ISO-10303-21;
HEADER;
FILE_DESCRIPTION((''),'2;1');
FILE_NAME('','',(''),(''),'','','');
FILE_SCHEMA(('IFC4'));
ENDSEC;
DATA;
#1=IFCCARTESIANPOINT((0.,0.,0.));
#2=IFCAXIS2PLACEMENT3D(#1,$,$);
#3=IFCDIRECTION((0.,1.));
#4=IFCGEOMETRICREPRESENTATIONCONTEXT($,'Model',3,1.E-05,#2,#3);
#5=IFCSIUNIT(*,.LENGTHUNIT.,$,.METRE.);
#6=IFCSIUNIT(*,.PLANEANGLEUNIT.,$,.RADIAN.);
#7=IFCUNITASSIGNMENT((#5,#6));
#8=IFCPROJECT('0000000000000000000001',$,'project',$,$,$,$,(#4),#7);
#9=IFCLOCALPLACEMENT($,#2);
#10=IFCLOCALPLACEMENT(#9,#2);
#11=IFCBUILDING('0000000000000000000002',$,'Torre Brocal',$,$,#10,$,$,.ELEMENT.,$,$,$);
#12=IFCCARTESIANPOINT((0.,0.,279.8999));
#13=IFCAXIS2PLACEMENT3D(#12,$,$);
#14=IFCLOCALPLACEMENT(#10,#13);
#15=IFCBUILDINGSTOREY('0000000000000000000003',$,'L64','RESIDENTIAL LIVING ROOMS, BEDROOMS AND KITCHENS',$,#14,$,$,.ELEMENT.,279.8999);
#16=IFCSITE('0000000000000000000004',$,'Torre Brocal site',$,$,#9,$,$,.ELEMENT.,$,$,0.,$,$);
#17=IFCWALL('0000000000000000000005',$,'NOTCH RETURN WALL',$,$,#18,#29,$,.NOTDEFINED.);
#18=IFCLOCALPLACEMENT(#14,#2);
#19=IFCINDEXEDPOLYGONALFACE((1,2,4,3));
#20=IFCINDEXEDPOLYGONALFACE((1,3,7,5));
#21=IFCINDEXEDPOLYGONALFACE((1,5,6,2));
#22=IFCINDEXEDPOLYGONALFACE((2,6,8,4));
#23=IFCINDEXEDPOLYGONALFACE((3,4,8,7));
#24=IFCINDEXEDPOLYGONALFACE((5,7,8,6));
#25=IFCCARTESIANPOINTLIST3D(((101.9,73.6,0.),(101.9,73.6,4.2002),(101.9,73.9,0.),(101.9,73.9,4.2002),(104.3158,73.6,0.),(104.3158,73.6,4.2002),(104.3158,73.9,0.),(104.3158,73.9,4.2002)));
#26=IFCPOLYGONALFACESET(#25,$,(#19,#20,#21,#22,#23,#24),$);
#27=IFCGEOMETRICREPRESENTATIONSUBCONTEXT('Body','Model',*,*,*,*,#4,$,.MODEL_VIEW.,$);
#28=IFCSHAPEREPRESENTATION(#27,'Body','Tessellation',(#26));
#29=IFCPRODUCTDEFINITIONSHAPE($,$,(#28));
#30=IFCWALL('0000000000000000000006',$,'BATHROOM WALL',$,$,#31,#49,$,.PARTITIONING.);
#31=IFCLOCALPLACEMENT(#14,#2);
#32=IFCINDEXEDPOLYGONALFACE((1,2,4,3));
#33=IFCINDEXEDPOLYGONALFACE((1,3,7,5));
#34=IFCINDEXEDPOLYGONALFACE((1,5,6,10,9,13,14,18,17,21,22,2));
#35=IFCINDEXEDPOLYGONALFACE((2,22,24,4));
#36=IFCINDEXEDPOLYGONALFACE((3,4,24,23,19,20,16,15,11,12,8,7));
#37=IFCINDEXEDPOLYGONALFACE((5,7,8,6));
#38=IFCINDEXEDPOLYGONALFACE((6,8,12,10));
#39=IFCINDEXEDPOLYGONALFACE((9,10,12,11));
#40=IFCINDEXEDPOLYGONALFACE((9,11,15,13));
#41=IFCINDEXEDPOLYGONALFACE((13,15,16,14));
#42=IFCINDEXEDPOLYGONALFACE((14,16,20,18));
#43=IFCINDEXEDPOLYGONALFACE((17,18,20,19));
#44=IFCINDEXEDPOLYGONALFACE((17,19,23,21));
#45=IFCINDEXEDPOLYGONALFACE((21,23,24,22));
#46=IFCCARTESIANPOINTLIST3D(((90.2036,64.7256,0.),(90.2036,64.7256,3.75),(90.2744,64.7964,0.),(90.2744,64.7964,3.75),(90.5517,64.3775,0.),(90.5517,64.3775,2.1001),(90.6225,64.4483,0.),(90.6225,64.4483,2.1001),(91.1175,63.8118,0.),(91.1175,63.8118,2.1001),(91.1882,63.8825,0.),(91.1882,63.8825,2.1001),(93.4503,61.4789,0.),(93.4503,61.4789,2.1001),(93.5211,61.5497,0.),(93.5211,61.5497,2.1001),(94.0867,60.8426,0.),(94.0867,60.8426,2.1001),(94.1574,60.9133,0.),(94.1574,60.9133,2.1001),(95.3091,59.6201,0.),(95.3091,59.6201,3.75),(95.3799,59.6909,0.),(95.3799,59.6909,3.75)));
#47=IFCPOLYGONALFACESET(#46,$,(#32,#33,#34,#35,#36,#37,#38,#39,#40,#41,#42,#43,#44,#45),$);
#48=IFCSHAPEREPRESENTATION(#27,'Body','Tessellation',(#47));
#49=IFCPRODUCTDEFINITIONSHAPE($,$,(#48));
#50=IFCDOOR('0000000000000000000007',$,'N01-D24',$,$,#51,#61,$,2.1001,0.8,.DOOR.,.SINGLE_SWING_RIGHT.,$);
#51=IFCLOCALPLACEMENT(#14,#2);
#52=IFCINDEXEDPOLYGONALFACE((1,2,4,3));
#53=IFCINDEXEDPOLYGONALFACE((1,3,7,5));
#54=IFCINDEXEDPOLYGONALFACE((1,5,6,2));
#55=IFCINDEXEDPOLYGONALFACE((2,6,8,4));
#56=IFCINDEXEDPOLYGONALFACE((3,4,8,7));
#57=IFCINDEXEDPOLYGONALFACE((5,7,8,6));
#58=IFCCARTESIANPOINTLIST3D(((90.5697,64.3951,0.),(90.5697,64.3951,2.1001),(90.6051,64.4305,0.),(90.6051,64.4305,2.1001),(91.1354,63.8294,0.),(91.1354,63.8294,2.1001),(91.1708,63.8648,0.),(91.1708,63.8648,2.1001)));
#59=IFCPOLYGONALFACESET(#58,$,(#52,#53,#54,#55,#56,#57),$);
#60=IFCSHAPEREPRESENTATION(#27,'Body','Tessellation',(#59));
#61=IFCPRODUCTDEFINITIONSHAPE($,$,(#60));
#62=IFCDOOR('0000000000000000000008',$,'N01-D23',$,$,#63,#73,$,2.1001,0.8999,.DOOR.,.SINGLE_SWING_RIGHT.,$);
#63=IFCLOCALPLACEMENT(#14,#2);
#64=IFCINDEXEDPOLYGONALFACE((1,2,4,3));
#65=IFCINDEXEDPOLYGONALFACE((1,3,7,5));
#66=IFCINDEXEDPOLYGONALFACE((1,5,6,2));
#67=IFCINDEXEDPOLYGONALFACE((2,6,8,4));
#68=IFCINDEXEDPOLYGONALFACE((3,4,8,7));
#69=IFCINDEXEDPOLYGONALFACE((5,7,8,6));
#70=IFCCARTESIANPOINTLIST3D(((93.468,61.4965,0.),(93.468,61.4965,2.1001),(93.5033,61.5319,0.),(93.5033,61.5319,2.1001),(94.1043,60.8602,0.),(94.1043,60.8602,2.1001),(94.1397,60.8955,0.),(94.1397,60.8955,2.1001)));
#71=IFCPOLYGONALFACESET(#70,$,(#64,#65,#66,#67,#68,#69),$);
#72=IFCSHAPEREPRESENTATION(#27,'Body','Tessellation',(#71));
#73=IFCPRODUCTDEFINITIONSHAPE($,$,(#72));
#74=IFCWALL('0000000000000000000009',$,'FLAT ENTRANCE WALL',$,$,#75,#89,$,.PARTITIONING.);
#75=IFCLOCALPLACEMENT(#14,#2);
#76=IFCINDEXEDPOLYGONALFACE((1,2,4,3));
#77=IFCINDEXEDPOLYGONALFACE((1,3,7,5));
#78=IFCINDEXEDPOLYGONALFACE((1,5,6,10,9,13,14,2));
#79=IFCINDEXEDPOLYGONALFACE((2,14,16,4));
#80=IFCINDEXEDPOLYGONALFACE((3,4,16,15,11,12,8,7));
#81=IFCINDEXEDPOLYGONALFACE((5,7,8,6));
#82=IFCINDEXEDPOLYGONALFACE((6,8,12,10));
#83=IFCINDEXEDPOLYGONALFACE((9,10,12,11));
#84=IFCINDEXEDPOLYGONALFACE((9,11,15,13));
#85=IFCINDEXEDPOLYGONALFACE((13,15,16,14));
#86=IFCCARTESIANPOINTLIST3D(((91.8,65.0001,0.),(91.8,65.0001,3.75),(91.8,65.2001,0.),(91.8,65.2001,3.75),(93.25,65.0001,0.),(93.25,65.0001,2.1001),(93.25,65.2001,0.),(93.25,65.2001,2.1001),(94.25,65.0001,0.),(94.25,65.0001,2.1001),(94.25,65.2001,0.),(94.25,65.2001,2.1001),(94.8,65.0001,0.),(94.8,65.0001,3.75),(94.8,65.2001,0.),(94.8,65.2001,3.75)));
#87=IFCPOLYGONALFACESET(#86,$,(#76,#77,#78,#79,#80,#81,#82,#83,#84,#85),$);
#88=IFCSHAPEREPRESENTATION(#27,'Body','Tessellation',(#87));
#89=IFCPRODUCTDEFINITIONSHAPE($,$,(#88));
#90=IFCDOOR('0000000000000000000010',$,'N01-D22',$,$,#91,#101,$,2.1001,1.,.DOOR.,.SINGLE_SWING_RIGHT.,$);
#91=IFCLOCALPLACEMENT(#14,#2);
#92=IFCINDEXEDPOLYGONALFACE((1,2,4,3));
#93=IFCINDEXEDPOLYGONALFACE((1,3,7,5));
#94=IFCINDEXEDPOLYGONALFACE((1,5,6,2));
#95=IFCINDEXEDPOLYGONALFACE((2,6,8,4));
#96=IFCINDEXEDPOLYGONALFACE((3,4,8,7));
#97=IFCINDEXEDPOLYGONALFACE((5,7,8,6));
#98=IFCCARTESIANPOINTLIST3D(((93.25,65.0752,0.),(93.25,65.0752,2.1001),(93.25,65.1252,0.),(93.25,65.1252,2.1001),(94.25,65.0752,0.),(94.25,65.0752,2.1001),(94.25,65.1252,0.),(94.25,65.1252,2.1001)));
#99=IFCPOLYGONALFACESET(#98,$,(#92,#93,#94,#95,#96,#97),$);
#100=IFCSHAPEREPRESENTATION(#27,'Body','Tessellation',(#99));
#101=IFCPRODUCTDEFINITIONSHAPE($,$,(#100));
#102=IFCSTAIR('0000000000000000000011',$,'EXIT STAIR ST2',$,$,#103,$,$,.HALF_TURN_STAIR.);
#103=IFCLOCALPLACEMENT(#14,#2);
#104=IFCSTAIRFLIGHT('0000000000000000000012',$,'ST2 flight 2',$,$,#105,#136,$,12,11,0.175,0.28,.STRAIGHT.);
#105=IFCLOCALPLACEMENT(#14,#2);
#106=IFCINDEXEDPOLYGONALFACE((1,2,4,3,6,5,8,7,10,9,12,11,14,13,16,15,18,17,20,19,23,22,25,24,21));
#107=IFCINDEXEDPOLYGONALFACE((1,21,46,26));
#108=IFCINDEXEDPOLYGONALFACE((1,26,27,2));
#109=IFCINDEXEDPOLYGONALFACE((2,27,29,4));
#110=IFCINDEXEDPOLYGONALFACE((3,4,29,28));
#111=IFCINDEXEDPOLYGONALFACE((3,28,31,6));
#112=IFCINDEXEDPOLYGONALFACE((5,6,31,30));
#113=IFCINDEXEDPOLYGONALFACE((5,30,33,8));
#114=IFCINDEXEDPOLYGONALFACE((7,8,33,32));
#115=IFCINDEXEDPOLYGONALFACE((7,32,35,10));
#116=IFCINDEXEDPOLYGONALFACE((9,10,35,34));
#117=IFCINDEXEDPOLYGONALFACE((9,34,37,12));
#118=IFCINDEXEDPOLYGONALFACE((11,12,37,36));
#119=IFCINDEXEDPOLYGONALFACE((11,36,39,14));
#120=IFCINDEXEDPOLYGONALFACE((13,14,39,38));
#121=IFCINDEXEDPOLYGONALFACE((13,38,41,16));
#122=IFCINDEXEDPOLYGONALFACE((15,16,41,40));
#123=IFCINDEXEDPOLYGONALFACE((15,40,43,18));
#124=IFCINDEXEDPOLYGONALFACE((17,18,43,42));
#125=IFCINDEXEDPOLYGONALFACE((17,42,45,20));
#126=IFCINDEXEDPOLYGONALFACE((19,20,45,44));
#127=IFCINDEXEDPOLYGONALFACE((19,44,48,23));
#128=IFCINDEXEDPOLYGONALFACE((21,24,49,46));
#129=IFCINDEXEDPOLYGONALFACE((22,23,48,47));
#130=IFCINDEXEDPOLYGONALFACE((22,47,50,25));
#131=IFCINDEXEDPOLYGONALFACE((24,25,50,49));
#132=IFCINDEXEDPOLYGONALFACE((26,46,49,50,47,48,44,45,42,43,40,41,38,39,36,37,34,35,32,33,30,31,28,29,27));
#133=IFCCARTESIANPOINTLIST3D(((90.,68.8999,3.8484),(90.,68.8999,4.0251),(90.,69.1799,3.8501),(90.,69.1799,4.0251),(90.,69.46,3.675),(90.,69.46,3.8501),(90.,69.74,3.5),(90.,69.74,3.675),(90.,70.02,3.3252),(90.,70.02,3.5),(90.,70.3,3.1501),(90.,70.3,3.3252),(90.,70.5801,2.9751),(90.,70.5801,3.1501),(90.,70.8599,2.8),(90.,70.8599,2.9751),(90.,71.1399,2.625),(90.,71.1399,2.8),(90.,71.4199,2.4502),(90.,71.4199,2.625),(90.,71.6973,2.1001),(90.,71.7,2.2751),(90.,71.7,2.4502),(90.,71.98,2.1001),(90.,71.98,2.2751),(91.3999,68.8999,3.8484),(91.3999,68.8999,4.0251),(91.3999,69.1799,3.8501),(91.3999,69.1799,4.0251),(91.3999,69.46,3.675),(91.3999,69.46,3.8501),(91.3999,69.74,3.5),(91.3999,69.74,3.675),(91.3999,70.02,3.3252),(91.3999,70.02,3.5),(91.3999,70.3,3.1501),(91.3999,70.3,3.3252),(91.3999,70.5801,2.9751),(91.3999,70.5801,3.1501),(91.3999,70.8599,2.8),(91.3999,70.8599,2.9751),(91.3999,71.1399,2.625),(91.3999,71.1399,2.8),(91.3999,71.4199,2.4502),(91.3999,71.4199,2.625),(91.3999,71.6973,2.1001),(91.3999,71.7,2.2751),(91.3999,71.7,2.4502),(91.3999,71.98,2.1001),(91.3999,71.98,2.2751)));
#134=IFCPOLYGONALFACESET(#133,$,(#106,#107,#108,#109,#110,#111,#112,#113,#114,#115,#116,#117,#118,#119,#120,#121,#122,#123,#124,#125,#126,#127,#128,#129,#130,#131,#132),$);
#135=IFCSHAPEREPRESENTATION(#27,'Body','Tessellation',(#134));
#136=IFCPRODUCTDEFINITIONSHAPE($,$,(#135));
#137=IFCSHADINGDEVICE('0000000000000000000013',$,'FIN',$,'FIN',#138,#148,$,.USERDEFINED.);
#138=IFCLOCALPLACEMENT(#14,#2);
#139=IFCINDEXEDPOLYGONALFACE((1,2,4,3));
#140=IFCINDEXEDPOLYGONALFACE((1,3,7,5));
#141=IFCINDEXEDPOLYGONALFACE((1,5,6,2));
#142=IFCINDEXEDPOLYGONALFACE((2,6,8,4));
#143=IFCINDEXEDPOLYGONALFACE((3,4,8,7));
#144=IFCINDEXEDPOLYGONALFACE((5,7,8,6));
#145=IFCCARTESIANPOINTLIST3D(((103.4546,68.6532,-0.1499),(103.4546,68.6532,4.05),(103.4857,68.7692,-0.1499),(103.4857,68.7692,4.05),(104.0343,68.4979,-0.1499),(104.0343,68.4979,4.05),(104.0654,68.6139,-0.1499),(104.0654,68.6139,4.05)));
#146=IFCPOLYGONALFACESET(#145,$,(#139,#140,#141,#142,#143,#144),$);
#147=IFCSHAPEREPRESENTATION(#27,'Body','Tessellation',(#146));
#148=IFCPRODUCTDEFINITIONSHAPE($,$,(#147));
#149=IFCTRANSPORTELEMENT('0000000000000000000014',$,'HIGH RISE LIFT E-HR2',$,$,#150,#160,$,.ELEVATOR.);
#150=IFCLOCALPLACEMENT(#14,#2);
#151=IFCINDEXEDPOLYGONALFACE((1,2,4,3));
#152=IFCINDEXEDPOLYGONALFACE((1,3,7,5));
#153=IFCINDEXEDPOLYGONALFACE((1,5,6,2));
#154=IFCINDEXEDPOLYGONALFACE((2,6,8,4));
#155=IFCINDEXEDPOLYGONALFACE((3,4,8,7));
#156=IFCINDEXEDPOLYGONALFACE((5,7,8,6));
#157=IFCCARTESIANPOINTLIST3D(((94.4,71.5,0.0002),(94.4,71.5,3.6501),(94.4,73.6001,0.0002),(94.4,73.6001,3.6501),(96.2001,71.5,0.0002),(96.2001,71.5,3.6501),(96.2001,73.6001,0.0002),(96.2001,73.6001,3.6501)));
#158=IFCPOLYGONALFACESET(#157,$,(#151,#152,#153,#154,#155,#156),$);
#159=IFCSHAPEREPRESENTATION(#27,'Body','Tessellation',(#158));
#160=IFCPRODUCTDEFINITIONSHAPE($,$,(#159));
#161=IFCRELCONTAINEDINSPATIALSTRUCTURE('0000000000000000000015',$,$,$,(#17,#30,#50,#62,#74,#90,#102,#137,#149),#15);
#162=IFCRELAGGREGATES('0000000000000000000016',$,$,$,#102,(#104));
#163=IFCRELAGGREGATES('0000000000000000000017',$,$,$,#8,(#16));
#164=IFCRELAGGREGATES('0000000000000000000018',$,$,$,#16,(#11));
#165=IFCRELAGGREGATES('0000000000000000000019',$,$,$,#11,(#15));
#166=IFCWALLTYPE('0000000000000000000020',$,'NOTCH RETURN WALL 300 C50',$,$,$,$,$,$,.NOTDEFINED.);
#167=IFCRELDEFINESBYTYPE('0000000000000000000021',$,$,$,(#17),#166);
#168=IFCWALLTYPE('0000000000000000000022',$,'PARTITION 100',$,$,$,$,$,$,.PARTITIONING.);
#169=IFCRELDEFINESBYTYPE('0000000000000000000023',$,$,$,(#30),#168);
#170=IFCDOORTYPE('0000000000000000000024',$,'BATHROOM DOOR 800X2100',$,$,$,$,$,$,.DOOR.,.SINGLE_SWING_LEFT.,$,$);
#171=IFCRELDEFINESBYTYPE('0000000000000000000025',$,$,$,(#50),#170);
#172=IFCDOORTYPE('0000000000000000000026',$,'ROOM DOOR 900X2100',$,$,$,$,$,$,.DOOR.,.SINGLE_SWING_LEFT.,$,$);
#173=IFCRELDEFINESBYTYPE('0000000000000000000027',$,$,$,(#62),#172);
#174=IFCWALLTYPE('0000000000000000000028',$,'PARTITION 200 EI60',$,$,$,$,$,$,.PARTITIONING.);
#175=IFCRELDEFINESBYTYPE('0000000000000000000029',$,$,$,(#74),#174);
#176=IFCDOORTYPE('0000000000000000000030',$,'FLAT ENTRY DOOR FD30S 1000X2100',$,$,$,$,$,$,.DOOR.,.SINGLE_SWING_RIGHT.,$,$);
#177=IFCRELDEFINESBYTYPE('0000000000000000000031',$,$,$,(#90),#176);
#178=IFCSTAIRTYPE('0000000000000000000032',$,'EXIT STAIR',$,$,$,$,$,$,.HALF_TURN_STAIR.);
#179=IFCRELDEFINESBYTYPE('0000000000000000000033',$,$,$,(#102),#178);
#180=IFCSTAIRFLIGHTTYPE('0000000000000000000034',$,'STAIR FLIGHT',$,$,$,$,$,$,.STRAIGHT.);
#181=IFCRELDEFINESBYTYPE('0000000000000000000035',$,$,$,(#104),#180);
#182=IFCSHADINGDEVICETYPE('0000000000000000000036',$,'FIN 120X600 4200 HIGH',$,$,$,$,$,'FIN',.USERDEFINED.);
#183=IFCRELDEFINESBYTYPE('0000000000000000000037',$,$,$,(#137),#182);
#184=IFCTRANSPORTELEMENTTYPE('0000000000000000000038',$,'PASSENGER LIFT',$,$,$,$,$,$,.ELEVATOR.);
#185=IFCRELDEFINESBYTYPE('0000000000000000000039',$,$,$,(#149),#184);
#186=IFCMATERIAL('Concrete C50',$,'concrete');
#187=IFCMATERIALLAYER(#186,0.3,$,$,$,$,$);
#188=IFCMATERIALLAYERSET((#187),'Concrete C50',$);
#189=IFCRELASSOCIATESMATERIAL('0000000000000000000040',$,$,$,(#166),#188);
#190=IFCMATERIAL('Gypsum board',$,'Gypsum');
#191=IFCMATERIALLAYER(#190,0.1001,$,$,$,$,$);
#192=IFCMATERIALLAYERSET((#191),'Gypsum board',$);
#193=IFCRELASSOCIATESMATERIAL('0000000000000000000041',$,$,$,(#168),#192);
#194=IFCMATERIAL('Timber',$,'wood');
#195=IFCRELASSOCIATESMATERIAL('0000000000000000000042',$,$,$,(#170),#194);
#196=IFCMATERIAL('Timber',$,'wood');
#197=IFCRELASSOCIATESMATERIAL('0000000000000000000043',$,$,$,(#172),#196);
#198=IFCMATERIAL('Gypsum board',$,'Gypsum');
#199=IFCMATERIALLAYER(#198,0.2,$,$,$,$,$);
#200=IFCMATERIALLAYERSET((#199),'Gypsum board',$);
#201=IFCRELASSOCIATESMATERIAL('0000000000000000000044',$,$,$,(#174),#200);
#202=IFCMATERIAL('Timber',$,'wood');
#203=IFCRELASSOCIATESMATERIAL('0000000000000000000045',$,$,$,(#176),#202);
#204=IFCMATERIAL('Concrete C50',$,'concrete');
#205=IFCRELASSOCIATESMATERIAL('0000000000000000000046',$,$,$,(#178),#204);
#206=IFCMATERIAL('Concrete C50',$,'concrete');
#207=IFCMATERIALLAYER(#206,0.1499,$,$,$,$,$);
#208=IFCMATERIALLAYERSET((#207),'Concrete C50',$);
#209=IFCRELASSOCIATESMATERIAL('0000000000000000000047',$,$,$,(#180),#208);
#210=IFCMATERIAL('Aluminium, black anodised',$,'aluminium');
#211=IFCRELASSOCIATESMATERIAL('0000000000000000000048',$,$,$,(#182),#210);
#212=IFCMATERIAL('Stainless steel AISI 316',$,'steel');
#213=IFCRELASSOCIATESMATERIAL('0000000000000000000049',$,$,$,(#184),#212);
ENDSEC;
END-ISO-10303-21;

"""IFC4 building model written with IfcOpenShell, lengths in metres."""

from ifc_helpers import new_model, si_unit, direction, frame, frame_2d, origin, origin_2d, place, context, subcontext, project, spatial, polyline, rectangle, outline, extrude, material, layer, layer_set, material_profile, profile_set, type_object, element, fill, aggregate, save


model = new_model("IFC4")

# Units and contexts
model_context = context("Model", 3, precision=1e-05, world=origin(), true_north=direction((0.0, 1.0)))
body_context = subcontext(model_context, "Body", "Model", "MODEL_VIEW")
ifc_project = project(units=[si_unit("LENGTHUNIT", "METRE"), si_unit("PLANEANGLEUNIT", "RADIAN")], contexts=[model_context])

# Site, building, storey
site_placement = place(None, origin())
site = spatial("IfcSite", under=ifc_project, at=site_placement, Name="Torre Brocal site", CompositionType="ELEMENT", RefElevation=0.0)
building_placement = place(site_placement, origin())
building = spatial("IfcBuilding", under=site, at=building_placement, Name="Torre Brocal", CompositionType="ELEMENT")
storey_placement = place(building_placement, frame((0.0, 0.0, 279.8999)))
storey = spatial("IfcBuildingStorey", under=building, at=storey_placement, Name="L64", Description="RESIDENTIAL LIVING ROOMS, BEDROOMS AND KITCHENS", CompositionType="ELEMENT", Elevation=279.8999)

# Wall
ifc_material_1 = material(Name="Concrete C50", Category="concrete")
ifc_layer_1 = layer(ifc_material_1, 0.3)
ifc_layer_set_1 = layer_set([ifc_layer_1], Name="Concrete C50")
wall_type_1 = type_object("IfcWallType", Name="NOTCH RETURN WALL 300 C50", PredefinedType="NOTDEFINED", material=ifc_layer_set_1)
wall_1_placement = place(storey_placement, frame((101.8999, 73.75, 0.0), z_axis=(0.0, 0.0, 1.0), x_axis=(1.0, 0.0, 0.0)))
element("IfcWall", 1, at=wall_1_placement, inside=storey, type_object=wall_type_1, Name="NOTCH RETURN WALL", PredefinedType="NOTDEFINED", context=body_context, shape_type="SweptSolid", body=[
    extrude(rectangle(XDim=2.4158, YDim=0.3, at=frame_2d((1.208, 0.0))), origin(), (0.0, 0.0, 1.0), 4.2002),
])

# Wall, openings, doors
ifc_material_2 = material(Name="Gypsum board", Category="Gypsum")
ifc_layer_2 = layer(ifc_material_2, 0.1001)
ifc_layer_set_2 = layer_set([ifc_layer_2], Name="Gypsum board")
wall_type_2 = type_object("IfcWallType", Name="PARTITION 100", PredefinedType="PARTITIONING", material=ifc_layer_set_2)
wall_2_placement = place(storey_placement, frame((90.239, 64.761, 0.0), z_axis=(0.0, 0.0, 1.0), x_axis=(0.707107, -0.707107, 0.0)))
wall_2 = element("IfcWall", 2, at=wall_2_placement, inside=storey, type_object=wall_type_2, Name="BATHROOM WALL", PredefinedType="PARTITIONING", context=body_context, shape_type="SweptSolid", body=[
    extrude(rectangle(XDim=7.2202, YDim=0.1001, at=frame_2d((3.6101, 0.0))), origin(), (0.0, 0.0, 1.0), 3.75),
])
opening_1_placement = place(wall_2_placement, frame((4.5916, 0.0, 0.0)))
opening_1 = element("IfcOpeningElement", 3, at=opening_1_placement, cuts=wall_2, PredefinedType="OPENING", context=body_context, shape_type="SweptSolid", body=[
    extrude(rectangle(XDim=0.8999, YDim=2.1001, at=frame_2d((0.45, 1.05))), frame((0.0, 0.0601, 0.0), z_axis=(0.0, -1.0, 0.0), x_axis=(1.0, 0.0, 0.0)), (0.0, 0.0, 1.0), 0.1201),
])
opening_2_placement = place(wall_2_placement, frame((0.4924, 0.0, 0.0)))
opening_2 = element("IfcOpeningElement", 4, at=opening_2_placement, cuts=wall_2, PredefinedType="OPENING", context=body_context, shape_type="SweptSolid", body=[
    extrude(rectangle(XDim=0.8, YDim=2.1001, at=frame_2d((0.3999, 1.05))), frame((0.0, 0.0601, 0.0), z_axis=(0.0, -1.0, 0.0), x_axis=(1.0, 0.0, 0.0)), (0.0, 0.0, 1.0), 0.1201),
])
ifc_material_3 = material(Name="Timber", Category="wood")
door_type_1 = type_object("IfcDoorType", Name="BATHROOM DOOR 800X2100", OperationType="SINGLE_SWING_LEFT", PredefinedType="DOOR", material=ifc_material_3)
door_1_placement = place(opening_2_placement, frame((0.8, 0.0, 0.0), z_axis=(0.0, 0.0, 1.0), x_axis=(-1.0, 0.0, 0.0)))
door_1 = element("IfcDoor", 5, at=door_1_placement, inside=storey, type_object=door_type_1, Name="N01-D24", OperationType="SINGLE_SWING_RIGHT", OverallHeight=2.1001, OverallWidth=0.8, PredefinedType="DOOR", context=body_context, shape_type="SweptSolid", body=[
    extrude(rectangle(XDim=0.8, YDim=2.1001, at=frame_2d((0.3999, 1.05))), frame((0.0, 0.0249, 0.0), z_axis=(0.0, -1.0, 0.0), x_axis=(1.0, 0.0, 0.0)), (0.0, 0.0, 1.0), 0.05),
])
fill(opening_2, door_1)
ifc_material_4 = material(Name="Timber", Category="wood")
door_type_2 = type_object("IfcDoorType", Name="ROOM DOOR 900X2100", OperationType="SINGLE_SWING_LEFT", PredefinedType="DOOR", material=ifc_material_4)
door_2_placement = place(opening_1_placement, origin())
door_2 = element("IfcDoor", 6, at=door_2_placement, inside=storey, type_object=door_type_2, Name="N01-D23", OperationType="SINGLE_SWING_RIGHT", OverallHeight=2.1001, OverallWidth=0.8999, PredefinedType="DOOR", context=body_context, shape_type="SweptSolid", body=[
    extrude(rectangle(XDim=0.8999, YDim=2.1001, at=frame_2d((0.45, 1.05))), frame((0.0, 0.0249, 0.0), z_axis=(0.0, -1.0, 0.0), x_axis=(1.0, 0.0, 0.0)), (0.0, 0.0, 1.0), 0.05),
])
fill(opening_1, door_2)

# Wall, opening, door
ifc_material_5 = material(Name="Gypsum board", Category="Gypsum")
ifc_layer_3 = layer(ifc_material_5, 0.2)
ifc_layer_set_3 = layer_set([ifc_layer_3], Name="Gypsum board")
wall_type_3 = type_object("IfcWallType", Name="PARTITION 200 EI60", PredefinedType="PARTITIONING", material=ifc_layer_set_3)
wall_3_placement = place(storey_placement, frame((91.8, 65.1001, 0.0), z_axis=(0.0, 0.0, 1.0), x_axis=(1.0, 0.0, 0.0)))
wall_3 = element("IfcWall", 7, at=wall_3_placement, inside=storey, type_object=wall_type_3, Name="FLAT ENTRANCE WALL", PredefinedType="PARTITIONING", context=body_context, shape_type="SweptSolid", body=[
    extrude(rectangle(XDim=3.0, YDim=0.2, at=frame_2d((1.5, 0.0))), origin(), (0.0, 0.0, 1.0), 3.75),
])
opening_3_placement = place(wall_3_placement, frame((1.45, 0.0, 0.0)))
opening_3 = element("IfcOpeningElement", 8, at=opening_3_placement, cuts=wall_3, PredefinedType="OPENING", context=body_context, shape_type="SweptSolid", body=[
    extrude(rectangle(XDim=1.0, YDim=2.1001, at=frame_2d((0.5, 1.05))), frame((0.0, 0.1099, 0.0), z_axis=(0.0, -1.0, 0.0), x_axis=(1.0, 0.0, 0.0)), (0.0, 0.0, 1.0), 0.22),
])
ifc_material_6 = material(Name="Timber", Category="wood")
door_type_3 = type_object("IfcDoorType", Name="FLAT ENTRY DOOR FD30S 1000X2100", OperationType="SINGLE_SWING_RIGHT", PredefinedType="DOOR", material=ifc_material_6)
door_3_placement = place(opening_3_placement, frame((1.0, 0.0, 0.0), z_axis=(0.0, 0.0, 1.0), x_axis=(-1.0, 0.0, 0.0)))
door_3 = element("IfcDoor", 9, at=door_3_placement, inside=storey, type_object=door_type_3, Name="N01-D22", OperationType="SINGLE_SWING_RIGHT", OverallHeight=2.1001, OverallWidth=1.0, PredefinedType="DOOR", context=body_context, shape_type="SweptSolid", body=[
    extrude(rectangle(XDim=1.0, YDim=2.1001, at=frame_2d((0.5, 1.05))), frame((0.0, 0.0249, 0.0), z_axis=(0.0, -1.0, 0.0), x_axis=(1.0, 0.0, 0.0)), (0.0, 0.0, 1.0), 0.05),
])
fill(opening_3, door_3)

# Stair, stair flight
ifc_material_7 = material(Name="Concrete C50", Category="concrete")
stair_type = type_object("IfcStairType", Name="EXIT STAIR", PredefinedType="HALF_TURN_STAIR", material=ifc_material_7)
stair_placement = place(storey_placement, origin())
stair = element("IfcStair", 10, at=stair_placement, inside=storey, type_object=stair_type, Name="EXIT STAIR ST2", PredefinedType="HALF_TURN_STAIR")
ifc_material_8 = material(Name="Concrete C50", Category="concrete")
ifc_layer_4 = layer(ifc_material_8, 0.1499)
ifc_layer_set_4 = layer_set([ifc_layer_4], Name="Concrete C50")
stair_flight_type = type_object("IfcStairFlightType", Name="STAIR FLIGHT", PredefinedType="STRAIGHT", material=ifc_layer_set_4)
stair_flight_placement = place(storey_placement, frame((90.7, 71.98, 2.1001), z_axis=(0.0, 0.0, 1.0), x_axis=(0.0, -1.0, 0.0)))
stair_flight = element("IfcStairFlight", 11, at=stair_flight_placement, type_object=stair_flight_type, Name="ST2 flight 2", NumberOfRisers=12, NumberOfTreads=11, PredefinedType="STRAIGHT", RiserHeight=0.175, TreadLength=0.28, context=body_context, shape_type="SweptSolid", body=[
    extrude(outline(polyline([(0.0, 0.0), (0.0, 0.175), (0.28, 0.175), (0.28, 0.3501), (0.5601, 0.3501), (0.5601, 0.5249), (0.8401, 0.5249), (0.8401, 0.7), (1.1201, 0.7), (1.1201, 0.875), (1.3999, 0.875), (1.3999, 1.05), (1.6799, 1.05), (1.6799, 1.2251), (1.96, 1.2251), (1.96, 1.3999), (2.24, 1.3999), (2.24, 1.575), (2.52, 1.575), (2.52, 1.75), (2.8, 1.75), (2.8, 1.925), (3.0801, 1.925), (3.0801, 2.1001), (3.0801, 1.7483), (0.2827, 0.0), (0.0, 0.0)])), frame((0.0, 0.7, 0.0), z_axis=(0.0, -1.0, 0.0), x_axis=(1.0, 0.0, 0.0)), (0.0, 0.0, 1.0), 1.3999),
])
aggregate(stair, [stair_flight])

# Shading device
ifc_material_9 = material(Name="Aluminium, black anodised", Category="aluminium")
ifc_material_profile_1 = material_profile(ifc_material_9, rectangle(XDim=0.1201, YDim=0.6001, at=origin_2d()), Name="FIN 120X600 4200 HIGH")
ifc_profile_set_1 = profile_set([ifc_material_profile_1], Name="Aluminium, black anodised")
shading_device_type = type_object("IfcShadingDeviceType", Name="FIN 120X600 4200 HIGH", ElementType="FIN", PredefinedType="USERDEFINED", material=ifc_profile_set_1)
shading_device_placement = place(storey_placement, frame((103.76, 68.6335, -0.1499), z_axis=(0.0, 0.0, 1.0), x_axis=(0.258819, 0.965926, 0.0)))
element("IfcShadingDevice", 12, at=shading_device_placement, inside=storey, type_object=shading_device_type, Name="FIN", ObjectType="FIN", PredefinedType="USERDEFINED", context=body_context, shape_type="SweptSolid", body=[
    extrude(rectangle(XDim=0.1201, YDim=0.6001, at=origin_2d()), origin(), (0.0, 0.0, 1.0), 4.2),
])

# Transport element
ifc_material_10 = material(Name="Stainless steel AISI 316", Category="steel")
transport_element_type = type_object("IfcTransportElementType", Name="PASSENGER LIFT", PredefinedType="ELEVATOR", material=ifc_material_10)
transport_element_placement = place(storey_placement, frame((95.3, 72.55, 0.0002), z_axis=(0.0, 0.0, 1.0), x_axis=(1.0, 0.0, 0.0)))
element("IfcTransportElement", 13, at=transport_element_placement, inside=storey, type_object=transport_element_type, Name="HIGH RISE LIFT E-HR2", PredefinedType="ELEVATOR", context=body_context, shape_type="SweptSolid", body=[
    extrude(rectangle(XDim=1.8, YDim=2.1001, at=origin_2d()), origin(), (0.0, 0.0, 1.0), 3.6499),
])

save(model, "model.ifc")
